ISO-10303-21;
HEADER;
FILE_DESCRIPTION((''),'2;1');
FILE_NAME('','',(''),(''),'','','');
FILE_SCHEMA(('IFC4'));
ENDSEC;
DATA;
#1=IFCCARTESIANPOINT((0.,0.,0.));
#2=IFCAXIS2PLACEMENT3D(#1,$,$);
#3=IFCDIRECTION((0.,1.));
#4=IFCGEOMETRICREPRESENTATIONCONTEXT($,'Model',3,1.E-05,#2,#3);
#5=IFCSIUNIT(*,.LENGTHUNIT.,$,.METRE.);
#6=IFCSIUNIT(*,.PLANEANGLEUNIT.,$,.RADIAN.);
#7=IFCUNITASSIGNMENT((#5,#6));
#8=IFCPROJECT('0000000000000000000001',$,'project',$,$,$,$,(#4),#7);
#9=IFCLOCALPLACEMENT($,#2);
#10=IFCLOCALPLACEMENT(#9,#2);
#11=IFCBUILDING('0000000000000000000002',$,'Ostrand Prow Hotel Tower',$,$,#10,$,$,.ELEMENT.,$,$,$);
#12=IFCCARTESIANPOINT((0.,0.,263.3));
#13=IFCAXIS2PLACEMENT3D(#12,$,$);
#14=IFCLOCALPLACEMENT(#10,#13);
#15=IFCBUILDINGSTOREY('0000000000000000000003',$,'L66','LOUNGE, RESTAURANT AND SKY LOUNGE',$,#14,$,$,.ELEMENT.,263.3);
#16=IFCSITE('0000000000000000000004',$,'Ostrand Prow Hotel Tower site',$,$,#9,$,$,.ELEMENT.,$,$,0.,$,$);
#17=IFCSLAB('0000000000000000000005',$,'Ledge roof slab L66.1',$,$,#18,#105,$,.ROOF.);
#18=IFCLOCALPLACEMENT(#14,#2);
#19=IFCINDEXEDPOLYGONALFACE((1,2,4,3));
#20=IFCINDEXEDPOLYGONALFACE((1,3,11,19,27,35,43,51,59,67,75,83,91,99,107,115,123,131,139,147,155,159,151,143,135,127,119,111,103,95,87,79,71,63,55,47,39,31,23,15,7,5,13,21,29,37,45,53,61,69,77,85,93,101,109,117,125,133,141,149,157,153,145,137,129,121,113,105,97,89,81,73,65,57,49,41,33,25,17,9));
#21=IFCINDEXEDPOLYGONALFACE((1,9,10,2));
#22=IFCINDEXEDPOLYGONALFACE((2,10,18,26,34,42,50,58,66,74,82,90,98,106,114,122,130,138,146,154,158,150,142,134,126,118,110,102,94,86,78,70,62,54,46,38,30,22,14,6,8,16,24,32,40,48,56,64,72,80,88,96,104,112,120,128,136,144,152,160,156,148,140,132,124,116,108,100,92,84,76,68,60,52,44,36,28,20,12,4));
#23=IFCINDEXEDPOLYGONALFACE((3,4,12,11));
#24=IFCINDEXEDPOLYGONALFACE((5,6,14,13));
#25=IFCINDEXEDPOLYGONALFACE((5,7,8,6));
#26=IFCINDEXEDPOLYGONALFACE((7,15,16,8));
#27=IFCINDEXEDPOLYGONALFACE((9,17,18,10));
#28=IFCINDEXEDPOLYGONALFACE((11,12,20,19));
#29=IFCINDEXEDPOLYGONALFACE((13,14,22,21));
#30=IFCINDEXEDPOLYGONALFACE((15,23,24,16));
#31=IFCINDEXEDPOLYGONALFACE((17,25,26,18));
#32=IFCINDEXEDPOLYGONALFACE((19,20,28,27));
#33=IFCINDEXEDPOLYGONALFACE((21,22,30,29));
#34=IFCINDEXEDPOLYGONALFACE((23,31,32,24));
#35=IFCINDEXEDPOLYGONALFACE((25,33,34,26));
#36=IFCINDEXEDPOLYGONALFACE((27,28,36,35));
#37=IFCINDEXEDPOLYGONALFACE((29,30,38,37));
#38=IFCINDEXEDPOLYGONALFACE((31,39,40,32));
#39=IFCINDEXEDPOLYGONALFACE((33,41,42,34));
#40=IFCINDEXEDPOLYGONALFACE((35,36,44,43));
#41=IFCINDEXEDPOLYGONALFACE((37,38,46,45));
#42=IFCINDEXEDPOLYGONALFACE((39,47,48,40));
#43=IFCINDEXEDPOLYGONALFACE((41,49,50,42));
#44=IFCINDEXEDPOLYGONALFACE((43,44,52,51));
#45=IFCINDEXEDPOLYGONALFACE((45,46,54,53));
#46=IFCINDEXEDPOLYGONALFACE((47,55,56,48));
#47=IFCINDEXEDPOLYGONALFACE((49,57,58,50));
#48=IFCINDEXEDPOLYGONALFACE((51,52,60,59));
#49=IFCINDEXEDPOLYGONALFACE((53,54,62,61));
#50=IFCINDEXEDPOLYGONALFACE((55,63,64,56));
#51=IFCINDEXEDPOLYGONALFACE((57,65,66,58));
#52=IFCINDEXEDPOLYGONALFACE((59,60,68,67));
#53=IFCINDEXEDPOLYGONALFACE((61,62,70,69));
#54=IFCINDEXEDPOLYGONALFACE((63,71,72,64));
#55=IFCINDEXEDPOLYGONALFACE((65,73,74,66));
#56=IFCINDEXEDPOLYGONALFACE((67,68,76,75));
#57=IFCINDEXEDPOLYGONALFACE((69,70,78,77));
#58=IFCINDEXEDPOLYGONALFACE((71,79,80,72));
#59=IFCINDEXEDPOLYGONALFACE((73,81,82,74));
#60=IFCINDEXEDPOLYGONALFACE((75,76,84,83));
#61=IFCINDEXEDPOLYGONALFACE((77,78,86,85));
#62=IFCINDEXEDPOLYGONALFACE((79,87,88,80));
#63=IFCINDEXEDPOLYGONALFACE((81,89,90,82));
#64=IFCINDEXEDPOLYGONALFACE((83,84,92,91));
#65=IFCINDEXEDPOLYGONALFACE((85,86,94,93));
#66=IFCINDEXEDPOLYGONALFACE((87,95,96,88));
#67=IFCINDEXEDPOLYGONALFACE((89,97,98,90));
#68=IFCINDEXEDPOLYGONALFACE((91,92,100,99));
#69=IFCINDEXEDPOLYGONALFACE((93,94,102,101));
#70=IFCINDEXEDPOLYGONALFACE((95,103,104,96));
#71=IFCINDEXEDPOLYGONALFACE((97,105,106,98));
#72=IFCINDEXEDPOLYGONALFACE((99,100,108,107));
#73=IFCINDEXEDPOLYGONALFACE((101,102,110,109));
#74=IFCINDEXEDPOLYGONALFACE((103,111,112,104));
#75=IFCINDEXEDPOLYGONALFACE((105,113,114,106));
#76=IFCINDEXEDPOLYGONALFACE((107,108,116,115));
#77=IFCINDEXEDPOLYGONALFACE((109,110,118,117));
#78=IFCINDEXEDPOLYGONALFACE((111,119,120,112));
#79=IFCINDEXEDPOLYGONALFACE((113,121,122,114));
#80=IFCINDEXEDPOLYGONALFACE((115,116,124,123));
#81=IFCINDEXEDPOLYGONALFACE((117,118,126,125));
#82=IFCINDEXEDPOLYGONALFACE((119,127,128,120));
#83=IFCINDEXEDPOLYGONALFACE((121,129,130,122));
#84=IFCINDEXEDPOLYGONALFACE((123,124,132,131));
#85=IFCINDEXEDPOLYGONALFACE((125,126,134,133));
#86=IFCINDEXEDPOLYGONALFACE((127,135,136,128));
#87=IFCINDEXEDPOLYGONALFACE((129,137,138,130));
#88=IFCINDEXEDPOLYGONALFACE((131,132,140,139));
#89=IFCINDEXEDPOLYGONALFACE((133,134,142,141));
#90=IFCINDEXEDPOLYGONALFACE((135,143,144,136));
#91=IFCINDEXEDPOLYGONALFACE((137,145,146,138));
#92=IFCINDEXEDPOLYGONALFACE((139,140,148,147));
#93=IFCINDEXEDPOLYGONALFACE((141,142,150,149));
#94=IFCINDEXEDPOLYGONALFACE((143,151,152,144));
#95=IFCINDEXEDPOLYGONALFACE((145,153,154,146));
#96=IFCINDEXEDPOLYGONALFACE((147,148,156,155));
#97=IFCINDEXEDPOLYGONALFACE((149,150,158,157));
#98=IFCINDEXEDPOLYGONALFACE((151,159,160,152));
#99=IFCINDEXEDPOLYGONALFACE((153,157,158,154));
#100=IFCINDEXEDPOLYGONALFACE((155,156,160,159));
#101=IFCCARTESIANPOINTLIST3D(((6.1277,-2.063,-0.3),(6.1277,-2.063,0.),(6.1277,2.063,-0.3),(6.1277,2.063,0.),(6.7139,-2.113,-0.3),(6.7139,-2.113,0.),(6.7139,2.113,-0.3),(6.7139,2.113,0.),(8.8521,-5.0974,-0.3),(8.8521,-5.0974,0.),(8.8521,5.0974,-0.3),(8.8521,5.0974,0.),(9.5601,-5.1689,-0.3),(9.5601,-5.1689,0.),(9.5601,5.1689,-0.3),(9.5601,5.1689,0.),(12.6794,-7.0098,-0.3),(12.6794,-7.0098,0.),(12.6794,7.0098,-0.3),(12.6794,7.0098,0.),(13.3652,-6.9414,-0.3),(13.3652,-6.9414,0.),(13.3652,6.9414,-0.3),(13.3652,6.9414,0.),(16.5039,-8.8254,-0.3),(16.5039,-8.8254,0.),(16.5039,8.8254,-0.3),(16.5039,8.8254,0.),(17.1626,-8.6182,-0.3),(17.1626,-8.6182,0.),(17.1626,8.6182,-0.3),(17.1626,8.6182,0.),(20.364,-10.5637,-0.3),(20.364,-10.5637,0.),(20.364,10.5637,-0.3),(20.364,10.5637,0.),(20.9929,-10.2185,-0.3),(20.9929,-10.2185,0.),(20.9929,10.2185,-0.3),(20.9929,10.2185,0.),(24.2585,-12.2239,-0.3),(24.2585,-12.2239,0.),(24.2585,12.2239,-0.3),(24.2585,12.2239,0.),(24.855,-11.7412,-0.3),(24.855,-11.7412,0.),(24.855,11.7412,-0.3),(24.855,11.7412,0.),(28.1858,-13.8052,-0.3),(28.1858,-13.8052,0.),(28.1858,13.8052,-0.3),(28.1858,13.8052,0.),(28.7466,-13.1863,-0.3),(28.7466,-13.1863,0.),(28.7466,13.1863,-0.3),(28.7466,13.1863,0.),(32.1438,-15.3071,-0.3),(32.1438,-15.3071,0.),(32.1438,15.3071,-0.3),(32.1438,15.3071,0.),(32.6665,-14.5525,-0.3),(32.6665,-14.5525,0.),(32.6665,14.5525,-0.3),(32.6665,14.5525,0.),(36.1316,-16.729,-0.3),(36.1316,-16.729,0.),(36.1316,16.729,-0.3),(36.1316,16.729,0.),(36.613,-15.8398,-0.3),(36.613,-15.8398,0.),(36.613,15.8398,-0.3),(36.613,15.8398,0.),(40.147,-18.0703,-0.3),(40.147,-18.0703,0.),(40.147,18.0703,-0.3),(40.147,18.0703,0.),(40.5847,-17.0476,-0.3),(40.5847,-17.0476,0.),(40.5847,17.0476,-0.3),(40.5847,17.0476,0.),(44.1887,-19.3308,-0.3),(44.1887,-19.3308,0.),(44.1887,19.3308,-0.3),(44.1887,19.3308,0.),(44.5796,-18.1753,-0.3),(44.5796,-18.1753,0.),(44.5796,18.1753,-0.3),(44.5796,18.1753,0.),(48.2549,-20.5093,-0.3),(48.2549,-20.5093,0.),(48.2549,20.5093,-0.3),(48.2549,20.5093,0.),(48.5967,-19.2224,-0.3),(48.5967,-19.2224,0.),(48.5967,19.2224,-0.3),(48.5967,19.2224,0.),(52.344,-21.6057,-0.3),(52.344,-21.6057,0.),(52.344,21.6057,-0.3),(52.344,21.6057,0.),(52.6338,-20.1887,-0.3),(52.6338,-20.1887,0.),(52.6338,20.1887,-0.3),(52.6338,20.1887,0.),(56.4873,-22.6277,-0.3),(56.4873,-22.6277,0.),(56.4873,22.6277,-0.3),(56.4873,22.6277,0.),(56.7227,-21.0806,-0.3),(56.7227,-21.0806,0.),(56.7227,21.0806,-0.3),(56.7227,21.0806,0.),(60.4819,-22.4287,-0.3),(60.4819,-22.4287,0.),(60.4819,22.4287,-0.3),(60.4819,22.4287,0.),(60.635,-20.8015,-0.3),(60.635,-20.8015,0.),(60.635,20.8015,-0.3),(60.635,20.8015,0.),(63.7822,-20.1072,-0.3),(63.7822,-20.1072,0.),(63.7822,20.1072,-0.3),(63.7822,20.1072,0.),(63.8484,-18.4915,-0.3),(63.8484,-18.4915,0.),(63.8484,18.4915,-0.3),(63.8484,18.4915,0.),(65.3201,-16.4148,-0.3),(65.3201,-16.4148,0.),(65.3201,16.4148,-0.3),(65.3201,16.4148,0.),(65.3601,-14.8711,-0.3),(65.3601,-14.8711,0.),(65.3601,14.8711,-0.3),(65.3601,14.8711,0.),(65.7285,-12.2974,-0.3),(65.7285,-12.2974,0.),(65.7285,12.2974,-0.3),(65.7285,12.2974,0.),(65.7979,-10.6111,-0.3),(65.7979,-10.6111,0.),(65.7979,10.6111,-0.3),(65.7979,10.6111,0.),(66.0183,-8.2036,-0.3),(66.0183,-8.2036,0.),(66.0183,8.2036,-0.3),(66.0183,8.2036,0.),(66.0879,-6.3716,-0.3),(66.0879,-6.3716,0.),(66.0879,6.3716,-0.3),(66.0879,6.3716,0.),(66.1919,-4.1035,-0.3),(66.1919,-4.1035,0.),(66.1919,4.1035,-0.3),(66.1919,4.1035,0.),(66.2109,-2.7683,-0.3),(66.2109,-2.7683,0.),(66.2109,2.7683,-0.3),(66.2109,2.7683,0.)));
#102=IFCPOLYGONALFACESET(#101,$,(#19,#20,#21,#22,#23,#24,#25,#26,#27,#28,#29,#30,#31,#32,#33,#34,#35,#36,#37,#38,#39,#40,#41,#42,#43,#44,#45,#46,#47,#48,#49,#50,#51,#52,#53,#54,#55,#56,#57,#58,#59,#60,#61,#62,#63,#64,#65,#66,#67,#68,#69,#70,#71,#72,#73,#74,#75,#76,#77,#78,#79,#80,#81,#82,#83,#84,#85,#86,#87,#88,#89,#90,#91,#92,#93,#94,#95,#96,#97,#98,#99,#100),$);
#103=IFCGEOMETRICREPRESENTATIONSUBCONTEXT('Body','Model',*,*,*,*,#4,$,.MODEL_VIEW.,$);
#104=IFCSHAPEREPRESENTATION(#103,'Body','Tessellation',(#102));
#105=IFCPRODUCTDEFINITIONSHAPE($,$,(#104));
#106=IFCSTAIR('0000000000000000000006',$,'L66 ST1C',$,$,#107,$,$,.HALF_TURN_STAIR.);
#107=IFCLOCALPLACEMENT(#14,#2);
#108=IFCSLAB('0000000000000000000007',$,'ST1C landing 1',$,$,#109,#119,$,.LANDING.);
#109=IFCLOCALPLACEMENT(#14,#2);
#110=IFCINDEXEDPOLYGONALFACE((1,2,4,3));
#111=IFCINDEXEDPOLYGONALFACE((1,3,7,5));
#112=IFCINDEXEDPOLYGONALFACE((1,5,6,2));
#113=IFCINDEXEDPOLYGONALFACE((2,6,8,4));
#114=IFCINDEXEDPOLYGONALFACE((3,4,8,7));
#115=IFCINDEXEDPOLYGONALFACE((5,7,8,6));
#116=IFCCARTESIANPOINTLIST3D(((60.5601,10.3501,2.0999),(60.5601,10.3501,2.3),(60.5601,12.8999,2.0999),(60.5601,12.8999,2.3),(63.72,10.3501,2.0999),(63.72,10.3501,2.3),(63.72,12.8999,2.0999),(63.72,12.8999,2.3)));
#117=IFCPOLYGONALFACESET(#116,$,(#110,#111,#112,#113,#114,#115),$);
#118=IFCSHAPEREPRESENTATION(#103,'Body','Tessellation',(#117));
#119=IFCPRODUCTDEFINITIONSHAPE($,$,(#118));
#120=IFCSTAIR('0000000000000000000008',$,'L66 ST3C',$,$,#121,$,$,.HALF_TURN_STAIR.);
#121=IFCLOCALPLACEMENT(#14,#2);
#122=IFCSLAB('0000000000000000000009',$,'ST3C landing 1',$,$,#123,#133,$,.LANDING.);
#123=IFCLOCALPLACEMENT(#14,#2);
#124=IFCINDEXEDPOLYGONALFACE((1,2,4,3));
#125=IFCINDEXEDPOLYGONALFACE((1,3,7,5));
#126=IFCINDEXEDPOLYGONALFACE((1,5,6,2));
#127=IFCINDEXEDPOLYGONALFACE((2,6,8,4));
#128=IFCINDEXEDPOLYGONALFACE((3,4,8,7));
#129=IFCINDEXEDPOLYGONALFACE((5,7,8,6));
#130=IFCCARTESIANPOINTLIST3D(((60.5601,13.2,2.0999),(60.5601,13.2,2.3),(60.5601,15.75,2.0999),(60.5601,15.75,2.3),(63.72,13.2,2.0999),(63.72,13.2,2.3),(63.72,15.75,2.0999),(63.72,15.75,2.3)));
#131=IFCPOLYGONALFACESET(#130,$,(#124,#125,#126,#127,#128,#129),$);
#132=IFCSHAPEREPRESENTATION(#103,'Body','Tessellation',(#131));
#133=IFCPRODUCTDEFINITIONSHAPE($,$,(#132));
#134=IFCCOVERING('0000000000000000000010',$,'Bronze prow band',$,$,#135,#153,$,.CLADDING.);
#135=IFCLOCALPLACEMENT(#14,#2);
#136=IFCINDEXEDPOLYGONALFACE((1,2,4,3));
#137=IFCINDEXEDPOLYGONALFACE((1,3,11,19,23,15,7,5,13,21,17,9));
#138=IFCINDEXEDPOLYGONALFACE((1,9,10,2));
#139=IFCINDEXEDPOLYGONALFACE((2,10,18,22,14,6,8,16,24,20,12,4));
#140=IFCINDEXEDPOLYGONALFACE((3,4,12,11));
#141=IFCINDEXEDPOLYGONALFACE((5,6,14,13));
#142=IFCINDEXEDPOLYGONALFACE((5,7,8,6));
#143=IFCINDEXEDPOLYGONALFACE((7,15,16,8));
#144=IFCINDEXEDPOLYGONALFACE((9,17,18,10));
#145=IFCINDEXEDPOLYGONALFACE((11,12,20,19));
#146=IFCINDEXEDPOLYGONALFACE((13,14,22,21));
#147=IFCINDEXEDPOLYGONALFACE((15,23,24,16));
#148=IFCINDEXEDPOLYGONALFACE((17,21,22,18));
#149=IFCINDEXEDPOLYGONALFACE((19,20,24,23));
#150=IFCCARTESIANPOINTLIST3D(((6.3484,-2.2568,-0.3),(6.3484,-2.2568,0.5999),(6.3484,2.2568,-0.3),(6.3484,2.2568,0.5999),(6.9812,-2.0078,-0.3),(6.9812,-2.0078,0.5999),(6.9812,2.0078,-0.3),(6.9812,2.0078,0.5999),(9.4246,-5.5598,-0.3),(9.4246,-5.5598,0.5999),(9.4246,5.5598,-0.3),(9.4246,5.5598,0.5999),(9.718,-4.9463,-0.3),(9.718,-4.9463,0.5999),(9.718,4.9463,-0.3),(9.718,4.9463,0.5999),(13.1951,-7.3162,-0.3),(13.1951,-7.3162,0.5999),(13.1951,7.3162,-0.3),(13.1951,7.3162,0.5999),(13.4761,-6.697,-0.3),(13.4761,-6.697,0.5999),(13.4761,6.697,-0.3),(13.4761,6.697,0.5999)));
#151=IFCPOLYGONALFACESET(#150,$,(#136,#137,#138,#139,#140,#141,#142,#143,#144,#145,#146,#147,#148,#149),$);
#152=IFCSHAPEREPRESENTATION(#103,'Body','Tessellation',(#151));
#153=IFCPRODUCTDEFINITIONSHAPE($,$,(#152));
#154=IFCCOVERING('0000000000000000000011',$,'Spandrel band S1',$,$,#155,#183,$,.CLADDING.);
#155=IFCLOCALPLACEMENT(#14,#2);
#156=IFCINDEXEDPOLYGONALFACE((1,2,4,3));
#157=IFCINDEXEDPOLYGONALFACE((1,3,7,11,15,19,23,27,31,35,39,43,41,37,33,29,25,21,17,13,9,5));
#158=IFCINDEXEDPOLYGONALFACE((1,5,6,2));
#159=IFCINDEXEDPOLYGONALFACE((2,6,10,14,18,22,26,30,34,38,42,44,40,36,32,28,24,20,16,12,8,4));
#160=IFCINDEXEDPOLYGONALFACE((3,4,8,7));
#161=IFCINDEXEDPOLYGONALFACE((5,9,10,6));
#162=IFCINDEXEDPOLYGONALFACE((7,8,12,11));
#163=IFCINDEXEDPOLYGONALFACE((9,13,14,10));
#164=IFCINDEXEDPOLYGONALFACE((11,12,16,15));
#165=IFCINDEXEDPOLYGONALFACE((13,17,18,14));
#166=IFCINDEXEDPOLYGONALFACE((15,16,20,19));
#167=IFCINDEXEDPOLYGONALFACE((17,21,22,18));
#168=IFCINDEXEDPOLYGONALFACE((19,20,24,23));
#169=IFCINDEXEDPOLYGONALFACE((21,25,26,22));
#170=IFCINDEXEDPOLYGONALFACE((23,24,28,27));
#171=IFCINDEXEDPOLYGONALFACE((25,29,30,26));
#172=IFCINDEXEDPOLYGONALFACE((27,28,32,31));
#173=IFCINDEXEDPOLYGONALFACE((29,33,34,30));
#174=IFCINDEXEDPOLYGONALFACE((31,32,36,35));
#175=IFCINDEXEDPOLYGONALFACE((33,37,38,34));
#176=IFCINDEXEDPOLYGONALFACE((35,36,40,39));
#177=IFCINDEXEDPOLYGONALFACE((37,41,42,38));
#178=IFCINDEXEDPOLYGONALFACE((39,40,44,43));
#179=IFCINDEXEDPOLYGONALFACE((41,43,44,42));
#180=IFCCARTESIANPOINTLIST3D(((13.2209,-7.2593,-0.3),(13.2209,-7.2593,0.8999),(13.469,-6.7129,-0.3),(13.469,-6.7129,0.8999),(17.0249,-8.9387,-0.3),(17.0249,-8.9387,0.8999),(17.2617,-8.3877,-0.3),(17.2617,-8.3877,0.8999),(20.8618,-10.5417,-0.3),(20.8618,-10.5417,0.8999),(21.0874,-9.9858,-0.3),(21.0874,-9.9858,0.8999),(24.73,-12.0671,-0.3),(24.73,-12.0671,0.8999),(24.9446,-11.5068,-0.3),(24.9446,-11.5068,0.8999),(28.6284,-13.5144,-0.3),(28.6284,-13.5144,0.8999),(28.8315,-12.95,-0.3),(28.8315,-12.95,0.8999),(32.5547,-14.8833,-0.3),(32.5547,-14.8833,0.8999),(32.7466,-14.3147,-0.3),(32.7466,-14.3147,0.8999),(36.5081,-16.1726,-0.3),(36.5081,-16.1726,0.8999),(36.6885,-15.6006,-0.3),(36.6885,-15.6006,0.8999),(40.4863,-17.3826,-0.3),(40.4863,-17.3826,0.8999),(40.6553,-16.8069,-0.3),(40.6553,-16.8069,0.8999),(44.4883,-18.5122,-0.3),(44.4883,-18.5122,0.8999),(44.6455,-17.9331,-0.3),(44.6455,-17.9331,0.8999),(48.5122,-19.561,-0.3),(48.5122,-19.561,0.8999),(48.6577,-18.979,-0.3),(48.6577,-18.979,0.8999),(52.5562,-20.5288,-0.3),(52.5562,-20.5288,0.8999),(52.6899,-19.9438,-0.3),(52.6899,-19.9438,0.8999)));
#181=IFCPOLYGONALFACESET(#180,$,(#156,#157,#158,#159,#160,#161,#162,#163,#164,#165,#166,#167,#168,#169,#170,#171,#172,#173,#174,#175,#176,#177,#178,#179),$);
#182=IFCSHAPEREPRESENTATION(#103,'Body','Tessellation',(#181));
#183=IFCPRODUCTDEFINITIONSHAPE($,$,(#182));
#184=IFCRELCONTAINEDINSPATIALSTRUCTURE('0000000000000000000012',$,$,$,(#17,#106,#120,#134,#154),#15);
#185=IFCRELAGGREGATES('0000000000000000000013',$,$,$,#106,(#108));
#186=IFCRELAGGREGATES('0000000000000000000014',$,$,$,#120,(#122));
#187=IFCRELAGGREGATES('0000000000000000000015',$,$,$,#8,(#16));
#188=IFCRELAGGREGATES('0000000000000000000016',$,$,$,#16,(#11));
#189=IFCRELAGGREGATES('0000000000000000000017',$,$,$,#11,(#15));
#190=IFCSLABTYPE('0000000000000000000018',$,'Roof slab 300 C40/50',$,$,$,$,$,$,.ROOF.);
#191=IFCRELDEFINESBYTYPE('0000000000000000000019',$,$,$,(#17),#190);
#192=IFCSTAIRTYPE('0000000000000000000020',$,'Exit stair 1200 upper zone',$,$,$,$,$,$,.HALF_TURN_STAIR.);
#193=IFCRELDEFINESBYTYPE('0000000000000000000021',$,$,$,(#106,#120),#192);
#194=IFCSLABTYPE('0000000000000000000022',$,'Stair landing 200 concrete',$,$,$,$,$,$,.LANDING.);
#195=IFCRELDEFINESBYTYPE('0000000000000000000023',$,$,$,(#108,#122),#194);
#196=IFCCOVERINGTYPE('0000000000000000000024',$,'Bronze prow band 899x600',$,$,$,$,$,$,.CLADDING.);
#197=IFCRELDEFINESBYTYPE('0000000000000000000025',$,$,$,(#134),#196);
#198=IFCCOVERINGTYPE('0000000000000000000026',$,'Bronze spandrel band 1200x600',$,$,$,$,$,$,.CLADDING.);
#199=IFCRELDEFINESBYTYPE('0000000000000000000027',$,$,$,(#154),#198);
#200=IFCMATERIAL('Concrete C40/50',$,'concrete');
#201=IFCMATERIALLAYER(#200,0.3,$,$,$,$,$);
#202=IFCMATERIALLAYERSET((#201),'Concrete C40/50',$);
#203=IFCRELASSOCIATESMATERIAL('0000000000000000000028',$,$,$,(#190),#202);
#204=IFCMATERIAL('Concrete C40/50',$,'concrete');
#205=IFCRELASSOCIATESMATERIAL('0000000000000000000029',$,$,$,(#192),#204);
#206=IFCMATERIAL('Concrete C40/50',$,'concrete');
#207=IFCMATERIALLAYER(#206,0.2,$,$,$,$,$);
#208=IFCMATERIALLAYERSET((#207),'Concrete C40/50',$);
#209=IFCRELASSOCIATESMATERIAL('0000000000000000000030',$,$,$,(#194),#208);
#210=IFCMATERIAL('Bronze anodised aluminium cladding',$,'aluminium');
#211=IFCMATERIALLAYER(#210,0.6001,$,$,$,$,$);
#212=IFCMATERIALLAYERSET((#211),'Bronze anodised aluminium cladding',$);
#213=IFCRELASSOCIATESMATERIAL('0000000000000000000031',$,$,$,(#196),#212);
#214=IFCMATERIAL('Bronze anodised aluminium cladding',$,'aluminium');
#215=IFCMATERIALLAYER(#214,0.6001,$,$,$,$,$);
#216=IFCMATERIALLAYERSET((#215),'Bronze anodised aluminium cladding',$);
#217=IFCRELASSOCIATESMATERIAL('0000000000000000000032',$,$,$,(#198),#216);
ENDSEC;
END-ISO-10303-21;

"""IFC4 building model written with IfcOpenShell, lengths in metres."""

from ifc_helpers import new_model, si_unit, direction, frame, origin, place, context, subcontext, project, spatial, polyline, outline, extrude, material, layer, layer_set, type_object, element, aggregate, save


model = new_model("IFC4")

# Units and contexts
model_context = context("Model", 3, precision=1e-05, world=origin(), true_north=direction((0.0, 1.0)))
body_context = subcontext(model_context, "Body", "Model", "MODEL_VIEW")
ifc_project = project(units=[si_unit("LENGTHUNIT", "METRE"), si_unit("PLANEANGLEUNIT", "RADIAN")], contexts=[model_context])

# Site, building, storey
site_placement = place(None, origin())
site = spatial("IfcSite", under=ifc_project, at=site_placement, Name="Ostrand Prow Hotel Tower site", CompositionType="ELEMENT", RefElevation=0.0)
building_placement = place(site_placement, origin())
building = spatial("IfcBuilding", under=site, at=building_placement, Name="Ostrand Prow Hotel Tower", CompositionType="ELEMENT")
storey_placement = place(building_placement, frame((0.0, 0.0, 263.3)))
storey = spatial("IfcBuildingStorey", under=building, at=storey_placement, Name="L66", Description="LOUNGE, RESTAURANT AND SKY LOUNGE", CompositionType="ELEMENT", Elevation=263.3)

# Slab
ifc_material_1 = material(Name="Concrete C40/50", Category="concrete")
ifc_layer_1 = layer(ifc_material_1, 0.3)
ifc_layer_set_1 = layer_set([ifc_layer_1], Name="Concrete C40/50")
slab_type_1 = type_object("IfcSlabType", Name="Roof slab 300 C40/50", PredefinedType="ROOF", material=ifc_layer_set_1)
slab_1_placement = place(storey_placement, frame((0.0, 0.0, -0.3)))
element("IfcSlab", 1, at=slab_1_placement, inside=storey, type_object=slab_type_1, Name="Ledge roof slab L66.1", PredefinedType="ROOF", context=body_context, shape_type="SweptSolid", body=[
    extrude(outline(polyline([(12.6794, 7.0098), (16.5039, 8.8254), (20.364, 10.5637), (24.2585, 12.2239), (28.1858, 13.8052), (32.1438, 15.3071), (36.1316, 16.729), (40.147, 18.0703), (44.1887, 19.3308), (48.2549, 20.5093), (52.344, 21.6057), (56.4873, 22.6277), (60.4819, 22.4287), (63.7822, 20.1072), (65.3201, 16.4148), (65.7285, 12.2974), (66.0183, 8.2036), (66.1919, 4.1035), (66.2109, 2.7683), (66.0879, 6.3716), (65.7979, 10.6111), (65.3601, 14.8711), (63.8484, 18.4915), (60.635, 20.8015), (56.7227, 21.0806), (52.6338, 20.1887), (48.5967, 19.2224), (44.5796, 18.1753), (40.5847, 17.0476), (36.613, 15.8398), (32.6665, 14.5525), (28.7466, 13.1863), (24.855, 11.7412), (20.9929, 10.2185), (17.1626, 8.6182), (13.3652, 6.9414), (9.5601, 5.1689), (6.7139, 2.113), (6.7139, -2.113), (9.5601, -5.1689), (13.3652, -6.9414), (17.1626, -8.6182), (20.9929, -10.2185), (24.855, -11.7412), (28.7466, -13.1863), (32.6665, -14.5525), (36.613, -15.8398), (40.5847, -17.0476), (44.5796, -18.1753), (48.5967, -19.2224), (52.6338, -20.1887), (56.7227, -21.0806), (60.635, -20.8015), (63.8484, -18.4915), (65.3601, -14.8711), (65.7979, -10.6111), (66.0879, -6.3716), (66.2109, -2.7683), (66.1919, -4.1035), (66.0183, -8.2036), (65.7285, -12.2974), (65.3201, -16.4148), (63.7822, -20.1072), (60.4819, -22.4287), (56.4873, -22.6277), (52.344, -21.6057), (48.2549, -20.5093), (44.1887, -19.3308), (40.147, -18.0703), (36.1316, -16.729), (32.1438, -15.3071), (28.1858, -13.8052), (24.2585, -12.2239), (20.364, -10.5637), (16.5039, -8.8254), (12.6794, -7.0098), (8.8521, -5.0974), (6.1277, -2.063), (6.1277, 2.063), (8.8521, 5.0974), (12.6794, 7.0098)])), origin(), (0.0, 0.0, 1.0), 0.3),
])

# Stairs, slabs
ifc_material_2 = material(Name="Concrete C40/50", Category="concrete")
stair_type = type_object("IfcStairType", Name="Exit stair 1200 upper zone", PredefinedType="HALF_TURN_STAIR", material=ifc_material_2)
stair_1_placement = place(storey_placement, origin())
stair_1 = element("IfcStair", 2, at=stair_1_placement, inside=storey, type_object=stair_type, Name="L66 ST1C", PredefinedType="HALF_TURN_STAIR")
ifc_material_3 = material(Name="Concrete C40/50", Category="concrete")
ifc_layer_2 = layer(ifc_material_3, 0.2)
ifc_layer_set_2 = layer_set([ifc_layer_2], Name="Concrete C40/50")
slab_type_2 = type_object("IfcSlabType", Name="Stair landing 200 concrete", PredefinedType="LANDING", material=ifc_layer_set_2)
slab_2_placement = place(storey_placement, frame((0.0, 0.0, 2.0999)))
slab_2 = element("IfcSlab", 3, at=slab_2_placement, type_object=slab_type_2, Name="ST1C landing 1", PredefinedType="LANDING", context=body_context, shape_type="SweptSolid", body=[
    extrude(outline(polyline([(60.5601, 10.3501), (63.72, 10.3501), (63.72, 12.8999), (60.5601, 12.8999), (60.5601, 10.3501)])), origin(), (0.0, 0.0, 1.0), 0.2002),
])
aggregate(stair_1, [slab_2])
stair_2_placement = place(storey_placement, origin())
stair_2 = element("IfcStair", 4, at=stair_2_placement, inside=storey, type_object=stair_type, Name="L66 ST3C", PredefinedType="HALF_TURN_STAIR")
slab_3_placement = place(storey_placement, frame((0.0, 0.0, 2.0999)))
slab_3 = element("IfcSlab", 5, at=slab_3_placement, type_object=slab_type_2, Name="ST3C landing 1", PredefinedType="LANDING", context=body_context, shape_type="SweptSolid", body=[
    extrude(outline(polyline([(60.5601, 13.2), (63.72, 13.2), (63.72, 15.75), (60.5601, 15.75), (60.5601, 13.2)])), origin(), (0.0, 0.0, 1.0), 0.2002),
])
aggregate(stair_2, [slab_3])

# Coverings
ifc_material_4 = material(Name="Bronze anodised aluminium cladding", Category="aluminium")
ifc_layer_3 = layer(ifc_material_4, 0.6001)
ifc_layer_set_3 = layer_set([ifc_layer_3], Name="Bronze anodised aluminium cladding")
covering_type_1 = type_object("IfcCoveringType", Name="Bronze prow band 899x600", PredefinedType="CLADDING", material=ifc_layer_set_3)
covering_1_placement = place(storey_placement, frame((0.0, 0.0, -0.3)))
element("IfcCovering", 6, at=covering_1_placement, inside=storey, type_object=covering_type_1, Name="Bronze prow band", PredefinedType="CLADDING", context=body_context, shape_type="SweptSolid", body=[
    extrude(outline(polyline([(13.1951, 7.3162), (9.4246, 5.5598), (6.3484, 2.2568), (6.3484, -2.2568), (9.4246, -5.5598), (13.1951, -7.3162), (13.4761, -6.697), (9.718, -4.9463), (6.9812, -2.0078), (6.9812, 2.0078), (9.718, 4.9463), (13.4761, 6.697), (13.1951, 7.3162)])), origin(), (0.0, 0.0, 1.0), 0.8999),
])
ifc_material_5 = material(Name="Bronze anodised aluminium cladding", Category="aluminium")
ifc_layer_4 = layer(ifc_material_5, 0.6001)
ifc_layer_set_4 = layer_set([ifc_layer_4], Name="Bronze anodised aluminium cladding")
covering_type_2 = type_object("IfcCoveringType", Name="Bronze spandrel band 1200x600", PredefinedType="CLADDING", material=ifc_layer_set_4)
covering_2_placement = place(storey_placement, frame((0.0, 0.0, -0.3)))
element("IfcCovering", 7, at=covering_2_placement, inside=storey, type_object=covering_type_2, Name="Spandrel band S1", PredefinedType="CLADDING", context=body_context, shape_type="SweptSolid", body=[
    extrude(outline(polyline([(13.2209, -7.2593), (17.0249, -8.9387), (20.8618, -10.5417), (24.73, -12.0671), (28.6284, -13.5144), (32.5547, -14.8833), (36.5081, -16.1726), (40.4863, -17.3826), (44.4883, -18.5122), (48.5122, -19.561), (52.5562, -20.5288), (52.6899, -19.9438), (48.6577, -18.979), (44.6455, -17.9331), (40.6553, -16.8069), (36.6885, -15.6006), (32.7466, -14.3147), (28.8315, -12.95), (24.9446, -11.5068), (21.0874, -9.9858), (17.2617, -8.3877), (13.469, -6.7129), (13.2209, -7.2593)])), origin(), (0.0, 0.0, 1.0), 1.2),
])

save(model, "model.ifc")
